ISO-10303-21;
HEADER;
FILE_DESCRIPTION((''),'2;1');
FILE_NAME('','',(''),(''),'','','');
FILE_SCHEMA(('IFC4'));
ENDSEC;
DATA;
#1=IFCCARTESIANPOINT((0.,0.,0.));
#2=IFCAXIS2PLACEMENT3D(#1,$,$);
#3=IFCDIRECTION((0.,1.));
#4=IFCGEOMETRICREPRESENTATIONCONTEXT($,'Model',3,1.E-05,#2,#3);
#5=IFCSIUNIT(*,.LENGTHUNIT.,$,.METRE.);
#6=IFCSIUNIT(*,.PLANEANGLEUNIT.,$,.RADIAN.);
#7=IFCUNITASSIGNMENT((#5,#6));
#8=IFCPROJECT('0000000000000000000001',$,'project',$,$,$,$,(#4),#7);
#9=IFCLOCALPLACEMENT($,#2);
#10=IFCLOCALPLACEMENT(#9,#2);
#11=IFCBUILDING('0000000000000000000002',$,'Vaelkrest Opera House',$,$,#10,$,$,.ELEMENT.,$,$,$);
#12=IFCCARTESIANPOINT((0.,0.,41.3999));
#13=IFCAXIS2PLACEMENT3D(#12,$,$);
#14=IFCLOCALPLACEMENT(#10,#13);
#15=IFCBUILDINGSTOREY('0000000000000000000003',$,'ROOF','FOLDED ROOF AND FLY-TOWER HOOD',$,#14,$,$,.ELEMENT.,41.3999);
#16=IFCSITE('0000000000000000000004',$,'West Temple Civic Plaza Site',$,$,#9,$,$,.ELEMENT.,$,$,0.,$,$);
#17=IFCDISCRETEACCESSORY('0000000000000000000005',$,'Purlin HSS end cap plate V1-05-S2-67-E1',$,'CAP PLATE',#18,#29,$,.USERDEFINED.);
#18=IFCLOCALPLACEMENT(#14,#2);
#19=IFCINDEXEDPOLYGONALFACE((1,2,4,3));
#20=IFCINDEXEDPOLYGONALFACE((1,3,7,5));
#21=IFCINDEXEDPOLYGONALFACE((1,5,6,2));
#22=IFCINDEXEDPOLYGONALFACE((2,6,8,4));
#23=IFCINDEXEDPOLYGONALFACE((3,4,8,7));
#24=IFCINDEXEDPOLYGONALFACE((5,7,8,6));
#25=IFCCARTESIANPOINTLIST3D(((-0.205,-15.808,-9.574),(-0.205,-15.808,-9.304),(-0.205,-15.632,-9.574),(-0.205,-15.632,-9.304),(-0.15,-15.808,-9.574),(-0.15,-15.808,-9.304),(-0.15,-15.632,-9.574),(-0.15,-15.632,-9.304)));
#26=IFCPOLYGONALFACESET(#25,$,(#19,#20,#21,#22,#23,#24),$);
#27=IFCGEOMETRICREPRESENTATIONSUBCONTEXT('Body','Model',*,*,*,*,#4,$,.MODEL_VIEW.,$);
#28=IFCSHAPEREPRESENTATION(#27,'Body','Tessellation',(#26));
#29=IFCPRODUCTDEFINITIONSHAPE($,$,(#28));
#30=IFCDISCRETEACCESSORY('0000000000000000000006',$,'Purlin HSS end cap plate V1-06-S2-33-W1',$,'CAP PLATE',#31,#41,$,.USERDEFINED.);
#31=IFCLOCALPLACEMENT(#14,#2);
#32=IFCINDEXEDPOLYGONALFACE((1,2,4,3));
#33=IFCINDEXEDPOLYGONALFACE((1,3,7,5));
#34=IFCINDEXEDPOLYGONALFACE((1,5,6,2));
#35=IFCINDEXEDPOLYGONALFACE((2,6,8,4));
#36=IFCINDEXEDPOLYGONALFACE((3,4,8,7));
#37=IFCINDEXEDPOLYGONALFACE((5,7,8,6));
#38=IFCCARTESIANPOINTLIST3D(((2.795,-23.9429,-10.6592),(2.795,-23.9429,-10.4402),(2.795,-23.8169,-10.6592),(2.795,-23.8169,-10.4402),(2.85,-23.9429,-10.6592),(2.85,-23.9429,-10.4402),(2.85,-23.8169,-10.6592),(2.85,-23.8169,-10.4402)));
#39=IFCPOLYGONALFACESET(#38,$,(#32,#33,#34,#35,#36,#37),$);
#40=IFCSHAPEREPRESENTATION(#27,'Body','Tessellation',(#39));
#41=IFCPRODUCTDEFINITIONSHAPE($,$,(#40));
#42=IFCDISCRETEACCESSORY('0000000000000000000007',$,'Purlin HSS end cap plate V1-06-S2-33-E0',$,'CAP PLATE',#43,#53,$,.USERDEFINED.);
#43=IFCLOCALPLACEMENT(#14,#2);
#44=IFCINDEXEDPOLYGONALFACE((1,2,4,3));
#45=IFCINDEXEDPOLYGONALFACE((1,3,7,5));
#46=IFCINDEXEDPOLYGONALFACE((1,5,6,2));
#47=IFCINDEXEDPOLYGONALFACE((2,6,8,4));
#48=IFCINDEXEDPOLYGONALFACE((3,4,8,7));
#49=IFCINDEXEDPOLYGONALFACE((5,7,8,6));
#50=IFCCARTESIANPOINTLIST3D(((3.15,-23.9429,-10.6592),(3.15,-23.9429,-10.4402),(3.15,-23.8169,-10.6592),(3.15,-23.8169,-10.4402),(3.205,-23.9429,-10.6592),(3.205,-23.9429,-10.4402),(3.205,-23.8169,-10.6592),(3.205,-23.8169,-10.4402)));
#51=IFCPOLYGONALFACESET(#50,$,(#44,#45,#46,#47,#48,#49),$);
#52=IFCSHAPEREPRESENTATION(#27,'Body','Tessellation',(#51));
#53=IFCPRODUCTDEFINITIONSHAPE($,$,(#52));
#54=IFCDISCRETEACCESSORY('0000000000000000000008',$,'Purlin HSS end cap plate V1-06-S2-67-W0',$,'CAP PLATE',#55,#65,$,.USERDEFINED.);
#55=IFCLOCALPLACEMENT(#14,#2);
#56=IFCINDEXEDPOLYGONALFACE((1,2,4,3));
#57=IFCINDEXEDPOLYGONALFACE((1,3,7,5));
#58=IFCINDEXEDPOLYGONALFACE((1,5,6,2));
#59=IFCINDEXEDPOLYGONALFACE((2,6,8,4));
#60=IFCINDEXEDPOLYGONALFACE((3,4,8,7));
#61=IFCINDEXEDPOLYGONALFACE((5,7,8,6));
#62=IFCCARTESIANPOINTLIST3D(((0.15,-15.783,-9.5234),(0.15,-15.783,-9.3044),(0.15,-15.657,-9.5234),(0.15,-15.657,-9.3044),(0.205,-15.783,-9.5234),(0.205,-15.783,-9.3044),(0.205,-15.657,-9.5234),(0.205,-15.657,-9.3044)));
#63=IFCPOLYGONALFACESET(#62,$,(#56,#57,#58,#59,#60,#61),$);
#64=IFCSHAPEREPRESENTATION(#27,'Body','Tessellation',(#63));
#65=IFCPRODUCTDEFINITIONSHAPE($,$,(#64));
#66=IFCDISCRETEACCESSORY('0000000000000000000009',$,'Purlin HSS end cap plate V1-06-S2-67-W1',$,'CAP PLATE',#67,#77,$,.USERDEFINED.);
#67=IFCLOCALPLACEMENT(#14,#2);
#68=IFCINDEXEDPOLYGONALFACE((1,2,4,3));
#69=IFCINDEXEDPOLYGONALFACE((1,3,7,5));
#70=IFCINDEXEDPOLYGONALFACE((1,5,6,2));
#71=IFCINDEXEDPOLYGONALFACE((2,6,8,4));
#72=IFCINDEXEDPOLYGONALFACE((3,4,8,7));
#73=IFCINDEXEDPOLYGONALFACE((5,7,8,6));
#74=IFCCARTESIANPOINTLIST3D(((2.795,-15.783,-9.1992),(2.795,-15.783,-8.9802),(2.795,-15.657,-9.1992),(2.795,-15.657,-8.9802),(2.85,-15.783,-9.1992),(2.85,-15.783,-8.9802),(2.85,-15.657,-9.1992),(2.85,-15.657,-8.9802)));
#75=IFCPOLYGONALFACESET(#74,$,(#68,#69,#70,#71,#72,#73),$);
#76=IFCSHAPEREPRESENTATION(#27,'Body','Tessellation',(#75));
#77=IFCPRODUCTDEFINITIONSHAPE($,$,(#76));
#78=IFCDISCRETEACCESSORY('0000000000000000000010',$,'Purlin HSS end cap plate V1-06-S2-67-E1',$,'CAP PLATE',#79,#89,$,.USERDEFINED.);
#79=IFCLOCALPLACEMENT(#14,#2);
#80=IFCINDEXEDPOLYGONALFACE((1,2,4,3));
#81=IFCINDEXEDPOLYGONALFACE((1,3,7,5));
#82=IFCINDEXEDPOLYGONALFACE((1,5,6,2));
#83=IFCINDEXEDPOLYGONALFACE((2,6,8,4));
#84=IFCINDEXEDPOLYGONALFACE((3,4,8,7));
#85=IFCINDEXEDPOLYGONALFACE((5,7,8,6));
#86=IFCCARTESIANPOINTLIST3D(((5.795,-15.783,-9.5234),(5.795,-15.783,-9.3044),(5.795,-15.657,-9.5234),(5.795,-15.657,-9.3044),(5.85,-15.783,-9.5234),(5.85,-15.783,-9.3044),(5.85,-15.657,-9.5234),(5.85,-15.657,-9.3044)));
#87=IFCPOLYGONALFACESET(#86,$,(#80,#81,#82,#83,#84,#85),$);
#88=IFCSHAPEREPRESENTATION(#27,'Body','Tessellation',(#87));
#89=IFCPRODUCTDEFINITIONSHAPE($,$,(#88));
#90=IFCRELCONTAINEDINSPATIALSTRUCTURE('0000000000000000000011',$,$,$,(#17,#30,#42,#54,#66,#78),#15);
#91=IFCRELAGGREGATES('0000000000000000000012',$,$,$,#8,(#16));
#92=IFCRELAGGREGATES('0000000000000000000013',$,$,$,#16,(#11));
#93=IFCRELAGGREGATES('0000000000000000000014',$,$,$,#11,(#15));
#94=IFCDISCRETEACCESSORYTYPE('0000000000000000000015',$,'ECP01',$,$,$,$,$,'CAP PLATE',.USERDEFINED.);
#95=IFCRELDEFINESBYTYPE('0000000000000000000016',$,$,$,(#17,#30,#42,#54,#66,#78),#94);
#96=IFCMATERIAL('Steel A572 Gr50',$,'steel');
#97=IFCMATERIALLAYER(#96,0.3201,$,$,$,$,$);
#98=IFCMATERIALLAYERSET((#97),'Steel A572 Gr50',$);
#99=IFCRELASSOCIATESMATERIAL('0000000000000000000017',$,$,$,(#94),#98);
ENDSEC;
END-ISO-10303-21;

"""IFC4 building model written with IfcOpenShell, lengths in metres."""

from ifc_helpers import new_model, si_unit, direction, frame, origin, origin_2d, place, context, subcontext, project, spatial, rectangle, extrude, material, layer, layer_set, type_object, element, save


model = new_model("IFC4")

# Units and contexts
model_context = context("Model", 3, precision=1e-05, world=origin(), true_north=direction((0.0, 1.0)))
body_context = subcontext(model_context, "Body", "Model", "MODEL_VIEW")
ifc_project = project(units=[si_unit("LENGTHUNIT", "METRE"), si_unit("PLANEANGLEUNIT", "RADIAN")], contexts=[model_context])

# Site, building, storey
site_placement = place(None, origin())
site = spatial("IfcSite", under=ifc_project, at=site_placement, Name="West Temple Civic Plaza Site", CompositionType="ELEMENT", RefElevation=0.0)
building_placement = place(site_placement, origin())
building = spatial("IfcBuilding", under=site, at=building_placement, Name="Vaelkrest Opera House", CompositionType="ELEMENT")
storey_placement = place(building_placement, frame((0.0, 0.0, 41.3999)))
storey = spatial("IfcBuildingStorey", under=building, at=storey_placement, Name="ROOF", Description="FOLDED ROOF AND FLY-TOWER HOOD", CompositionType="ELEMENT", Elevation=41.3999)

# Shared definitions
ifc_material_1 = material(Name="Steel A572 Gr50", Category="steel")

# Discrete accessories
ifc_layer_1 = layer(ifc_material_1, 0.3201)
ifc_layer_set_1 = layer_set([ifc_layer_1], Name="Steel A572 Gr50")
discrete_accessory_type = type_object("IfcDiscreteAccessoryType", Name="ECP01", ElementType="CAP PLATE", PredefinedType="USERDEFINED", material=ifc_layer_set_1)
for number, where, z_axis, x_axis, name in (
    (1, (-0.1775, -15.72, -9.574), (0.0, 0.0, 1.0), (1.0, 0.0, 0.0), "Purlin HSS end cap plate V1-05-S2-67-E1"),
):
    element("IfcDiscreteAccessory", number, at=place(storey_placement, frame(where, z_axis=z_axis, x_axis=x_axis)), inside=storey, type_object=discrete_accessory_type, Name=name, ObjectType="CAP PLATE", PredefinedType="USERDEFINED", context=body_context, shape_type="SweptSolid", body=[
        extrude(rectangle(XDim=0.0549, YDim=0.176, at=origin_2d()), origin(), (0.0, 0.0, 1.0), 0.27),
    ])
for number, where, z_axis, x_axis, name in (
    (2, (2.8225, -23.8799, -10.6592), (0.0, 0.0, 1.0), (1.0, 0.0, 0.0), "Purlin HSS end cap plate V1-06-S2-33-W1"),
    (3, (3.1775, -23.8799, -10.6592), (0.0, 0.0, 1.0), (1.0, 0.0, 0.0), "Purlin HSS end cap plate V1-06-S2-33-E0"),
    (4, (0.1775, -15.72, -9.5234), (0.0, 0.0, 1.0), (1.0, 0.0, 0.0), "Purlin HSS end cap plate V1-06-S2-67-W0"),
    (5, (2.8225, -15.72, -9.1992), (0.0, 0.0, 1.0), (1.0, 0.0, 0.0), "Purlin HSS end cap plate V1-06-S2-67-W1"),
    (6, (5.8225, -15.72, -9.5234), (0.0, 0.0, 1.0), (1.0, 0.0, 0.0), "Purlin HSS end cap plate V1-06-S2-67-E1"),
):
    element("IfcDiscreteAccessory", number, at=place(storey_placement, frame(where, z_axis=z_axis, x_axis=x_axis)), inside=storey, type_object=discrete_accessory_type, Name=name, ObjectType="CAP PLATE", PredefinedType="USERDEFINED", context=body_context, shape_type="SweptSolid", body=[
        extrude(rectangle(XDim=0.0549, YDim=0.126, at=origin_2d()), origin(), (0.0, 0.0, 1.0), 0.219),
    ])

save(model, "model.ifc")
